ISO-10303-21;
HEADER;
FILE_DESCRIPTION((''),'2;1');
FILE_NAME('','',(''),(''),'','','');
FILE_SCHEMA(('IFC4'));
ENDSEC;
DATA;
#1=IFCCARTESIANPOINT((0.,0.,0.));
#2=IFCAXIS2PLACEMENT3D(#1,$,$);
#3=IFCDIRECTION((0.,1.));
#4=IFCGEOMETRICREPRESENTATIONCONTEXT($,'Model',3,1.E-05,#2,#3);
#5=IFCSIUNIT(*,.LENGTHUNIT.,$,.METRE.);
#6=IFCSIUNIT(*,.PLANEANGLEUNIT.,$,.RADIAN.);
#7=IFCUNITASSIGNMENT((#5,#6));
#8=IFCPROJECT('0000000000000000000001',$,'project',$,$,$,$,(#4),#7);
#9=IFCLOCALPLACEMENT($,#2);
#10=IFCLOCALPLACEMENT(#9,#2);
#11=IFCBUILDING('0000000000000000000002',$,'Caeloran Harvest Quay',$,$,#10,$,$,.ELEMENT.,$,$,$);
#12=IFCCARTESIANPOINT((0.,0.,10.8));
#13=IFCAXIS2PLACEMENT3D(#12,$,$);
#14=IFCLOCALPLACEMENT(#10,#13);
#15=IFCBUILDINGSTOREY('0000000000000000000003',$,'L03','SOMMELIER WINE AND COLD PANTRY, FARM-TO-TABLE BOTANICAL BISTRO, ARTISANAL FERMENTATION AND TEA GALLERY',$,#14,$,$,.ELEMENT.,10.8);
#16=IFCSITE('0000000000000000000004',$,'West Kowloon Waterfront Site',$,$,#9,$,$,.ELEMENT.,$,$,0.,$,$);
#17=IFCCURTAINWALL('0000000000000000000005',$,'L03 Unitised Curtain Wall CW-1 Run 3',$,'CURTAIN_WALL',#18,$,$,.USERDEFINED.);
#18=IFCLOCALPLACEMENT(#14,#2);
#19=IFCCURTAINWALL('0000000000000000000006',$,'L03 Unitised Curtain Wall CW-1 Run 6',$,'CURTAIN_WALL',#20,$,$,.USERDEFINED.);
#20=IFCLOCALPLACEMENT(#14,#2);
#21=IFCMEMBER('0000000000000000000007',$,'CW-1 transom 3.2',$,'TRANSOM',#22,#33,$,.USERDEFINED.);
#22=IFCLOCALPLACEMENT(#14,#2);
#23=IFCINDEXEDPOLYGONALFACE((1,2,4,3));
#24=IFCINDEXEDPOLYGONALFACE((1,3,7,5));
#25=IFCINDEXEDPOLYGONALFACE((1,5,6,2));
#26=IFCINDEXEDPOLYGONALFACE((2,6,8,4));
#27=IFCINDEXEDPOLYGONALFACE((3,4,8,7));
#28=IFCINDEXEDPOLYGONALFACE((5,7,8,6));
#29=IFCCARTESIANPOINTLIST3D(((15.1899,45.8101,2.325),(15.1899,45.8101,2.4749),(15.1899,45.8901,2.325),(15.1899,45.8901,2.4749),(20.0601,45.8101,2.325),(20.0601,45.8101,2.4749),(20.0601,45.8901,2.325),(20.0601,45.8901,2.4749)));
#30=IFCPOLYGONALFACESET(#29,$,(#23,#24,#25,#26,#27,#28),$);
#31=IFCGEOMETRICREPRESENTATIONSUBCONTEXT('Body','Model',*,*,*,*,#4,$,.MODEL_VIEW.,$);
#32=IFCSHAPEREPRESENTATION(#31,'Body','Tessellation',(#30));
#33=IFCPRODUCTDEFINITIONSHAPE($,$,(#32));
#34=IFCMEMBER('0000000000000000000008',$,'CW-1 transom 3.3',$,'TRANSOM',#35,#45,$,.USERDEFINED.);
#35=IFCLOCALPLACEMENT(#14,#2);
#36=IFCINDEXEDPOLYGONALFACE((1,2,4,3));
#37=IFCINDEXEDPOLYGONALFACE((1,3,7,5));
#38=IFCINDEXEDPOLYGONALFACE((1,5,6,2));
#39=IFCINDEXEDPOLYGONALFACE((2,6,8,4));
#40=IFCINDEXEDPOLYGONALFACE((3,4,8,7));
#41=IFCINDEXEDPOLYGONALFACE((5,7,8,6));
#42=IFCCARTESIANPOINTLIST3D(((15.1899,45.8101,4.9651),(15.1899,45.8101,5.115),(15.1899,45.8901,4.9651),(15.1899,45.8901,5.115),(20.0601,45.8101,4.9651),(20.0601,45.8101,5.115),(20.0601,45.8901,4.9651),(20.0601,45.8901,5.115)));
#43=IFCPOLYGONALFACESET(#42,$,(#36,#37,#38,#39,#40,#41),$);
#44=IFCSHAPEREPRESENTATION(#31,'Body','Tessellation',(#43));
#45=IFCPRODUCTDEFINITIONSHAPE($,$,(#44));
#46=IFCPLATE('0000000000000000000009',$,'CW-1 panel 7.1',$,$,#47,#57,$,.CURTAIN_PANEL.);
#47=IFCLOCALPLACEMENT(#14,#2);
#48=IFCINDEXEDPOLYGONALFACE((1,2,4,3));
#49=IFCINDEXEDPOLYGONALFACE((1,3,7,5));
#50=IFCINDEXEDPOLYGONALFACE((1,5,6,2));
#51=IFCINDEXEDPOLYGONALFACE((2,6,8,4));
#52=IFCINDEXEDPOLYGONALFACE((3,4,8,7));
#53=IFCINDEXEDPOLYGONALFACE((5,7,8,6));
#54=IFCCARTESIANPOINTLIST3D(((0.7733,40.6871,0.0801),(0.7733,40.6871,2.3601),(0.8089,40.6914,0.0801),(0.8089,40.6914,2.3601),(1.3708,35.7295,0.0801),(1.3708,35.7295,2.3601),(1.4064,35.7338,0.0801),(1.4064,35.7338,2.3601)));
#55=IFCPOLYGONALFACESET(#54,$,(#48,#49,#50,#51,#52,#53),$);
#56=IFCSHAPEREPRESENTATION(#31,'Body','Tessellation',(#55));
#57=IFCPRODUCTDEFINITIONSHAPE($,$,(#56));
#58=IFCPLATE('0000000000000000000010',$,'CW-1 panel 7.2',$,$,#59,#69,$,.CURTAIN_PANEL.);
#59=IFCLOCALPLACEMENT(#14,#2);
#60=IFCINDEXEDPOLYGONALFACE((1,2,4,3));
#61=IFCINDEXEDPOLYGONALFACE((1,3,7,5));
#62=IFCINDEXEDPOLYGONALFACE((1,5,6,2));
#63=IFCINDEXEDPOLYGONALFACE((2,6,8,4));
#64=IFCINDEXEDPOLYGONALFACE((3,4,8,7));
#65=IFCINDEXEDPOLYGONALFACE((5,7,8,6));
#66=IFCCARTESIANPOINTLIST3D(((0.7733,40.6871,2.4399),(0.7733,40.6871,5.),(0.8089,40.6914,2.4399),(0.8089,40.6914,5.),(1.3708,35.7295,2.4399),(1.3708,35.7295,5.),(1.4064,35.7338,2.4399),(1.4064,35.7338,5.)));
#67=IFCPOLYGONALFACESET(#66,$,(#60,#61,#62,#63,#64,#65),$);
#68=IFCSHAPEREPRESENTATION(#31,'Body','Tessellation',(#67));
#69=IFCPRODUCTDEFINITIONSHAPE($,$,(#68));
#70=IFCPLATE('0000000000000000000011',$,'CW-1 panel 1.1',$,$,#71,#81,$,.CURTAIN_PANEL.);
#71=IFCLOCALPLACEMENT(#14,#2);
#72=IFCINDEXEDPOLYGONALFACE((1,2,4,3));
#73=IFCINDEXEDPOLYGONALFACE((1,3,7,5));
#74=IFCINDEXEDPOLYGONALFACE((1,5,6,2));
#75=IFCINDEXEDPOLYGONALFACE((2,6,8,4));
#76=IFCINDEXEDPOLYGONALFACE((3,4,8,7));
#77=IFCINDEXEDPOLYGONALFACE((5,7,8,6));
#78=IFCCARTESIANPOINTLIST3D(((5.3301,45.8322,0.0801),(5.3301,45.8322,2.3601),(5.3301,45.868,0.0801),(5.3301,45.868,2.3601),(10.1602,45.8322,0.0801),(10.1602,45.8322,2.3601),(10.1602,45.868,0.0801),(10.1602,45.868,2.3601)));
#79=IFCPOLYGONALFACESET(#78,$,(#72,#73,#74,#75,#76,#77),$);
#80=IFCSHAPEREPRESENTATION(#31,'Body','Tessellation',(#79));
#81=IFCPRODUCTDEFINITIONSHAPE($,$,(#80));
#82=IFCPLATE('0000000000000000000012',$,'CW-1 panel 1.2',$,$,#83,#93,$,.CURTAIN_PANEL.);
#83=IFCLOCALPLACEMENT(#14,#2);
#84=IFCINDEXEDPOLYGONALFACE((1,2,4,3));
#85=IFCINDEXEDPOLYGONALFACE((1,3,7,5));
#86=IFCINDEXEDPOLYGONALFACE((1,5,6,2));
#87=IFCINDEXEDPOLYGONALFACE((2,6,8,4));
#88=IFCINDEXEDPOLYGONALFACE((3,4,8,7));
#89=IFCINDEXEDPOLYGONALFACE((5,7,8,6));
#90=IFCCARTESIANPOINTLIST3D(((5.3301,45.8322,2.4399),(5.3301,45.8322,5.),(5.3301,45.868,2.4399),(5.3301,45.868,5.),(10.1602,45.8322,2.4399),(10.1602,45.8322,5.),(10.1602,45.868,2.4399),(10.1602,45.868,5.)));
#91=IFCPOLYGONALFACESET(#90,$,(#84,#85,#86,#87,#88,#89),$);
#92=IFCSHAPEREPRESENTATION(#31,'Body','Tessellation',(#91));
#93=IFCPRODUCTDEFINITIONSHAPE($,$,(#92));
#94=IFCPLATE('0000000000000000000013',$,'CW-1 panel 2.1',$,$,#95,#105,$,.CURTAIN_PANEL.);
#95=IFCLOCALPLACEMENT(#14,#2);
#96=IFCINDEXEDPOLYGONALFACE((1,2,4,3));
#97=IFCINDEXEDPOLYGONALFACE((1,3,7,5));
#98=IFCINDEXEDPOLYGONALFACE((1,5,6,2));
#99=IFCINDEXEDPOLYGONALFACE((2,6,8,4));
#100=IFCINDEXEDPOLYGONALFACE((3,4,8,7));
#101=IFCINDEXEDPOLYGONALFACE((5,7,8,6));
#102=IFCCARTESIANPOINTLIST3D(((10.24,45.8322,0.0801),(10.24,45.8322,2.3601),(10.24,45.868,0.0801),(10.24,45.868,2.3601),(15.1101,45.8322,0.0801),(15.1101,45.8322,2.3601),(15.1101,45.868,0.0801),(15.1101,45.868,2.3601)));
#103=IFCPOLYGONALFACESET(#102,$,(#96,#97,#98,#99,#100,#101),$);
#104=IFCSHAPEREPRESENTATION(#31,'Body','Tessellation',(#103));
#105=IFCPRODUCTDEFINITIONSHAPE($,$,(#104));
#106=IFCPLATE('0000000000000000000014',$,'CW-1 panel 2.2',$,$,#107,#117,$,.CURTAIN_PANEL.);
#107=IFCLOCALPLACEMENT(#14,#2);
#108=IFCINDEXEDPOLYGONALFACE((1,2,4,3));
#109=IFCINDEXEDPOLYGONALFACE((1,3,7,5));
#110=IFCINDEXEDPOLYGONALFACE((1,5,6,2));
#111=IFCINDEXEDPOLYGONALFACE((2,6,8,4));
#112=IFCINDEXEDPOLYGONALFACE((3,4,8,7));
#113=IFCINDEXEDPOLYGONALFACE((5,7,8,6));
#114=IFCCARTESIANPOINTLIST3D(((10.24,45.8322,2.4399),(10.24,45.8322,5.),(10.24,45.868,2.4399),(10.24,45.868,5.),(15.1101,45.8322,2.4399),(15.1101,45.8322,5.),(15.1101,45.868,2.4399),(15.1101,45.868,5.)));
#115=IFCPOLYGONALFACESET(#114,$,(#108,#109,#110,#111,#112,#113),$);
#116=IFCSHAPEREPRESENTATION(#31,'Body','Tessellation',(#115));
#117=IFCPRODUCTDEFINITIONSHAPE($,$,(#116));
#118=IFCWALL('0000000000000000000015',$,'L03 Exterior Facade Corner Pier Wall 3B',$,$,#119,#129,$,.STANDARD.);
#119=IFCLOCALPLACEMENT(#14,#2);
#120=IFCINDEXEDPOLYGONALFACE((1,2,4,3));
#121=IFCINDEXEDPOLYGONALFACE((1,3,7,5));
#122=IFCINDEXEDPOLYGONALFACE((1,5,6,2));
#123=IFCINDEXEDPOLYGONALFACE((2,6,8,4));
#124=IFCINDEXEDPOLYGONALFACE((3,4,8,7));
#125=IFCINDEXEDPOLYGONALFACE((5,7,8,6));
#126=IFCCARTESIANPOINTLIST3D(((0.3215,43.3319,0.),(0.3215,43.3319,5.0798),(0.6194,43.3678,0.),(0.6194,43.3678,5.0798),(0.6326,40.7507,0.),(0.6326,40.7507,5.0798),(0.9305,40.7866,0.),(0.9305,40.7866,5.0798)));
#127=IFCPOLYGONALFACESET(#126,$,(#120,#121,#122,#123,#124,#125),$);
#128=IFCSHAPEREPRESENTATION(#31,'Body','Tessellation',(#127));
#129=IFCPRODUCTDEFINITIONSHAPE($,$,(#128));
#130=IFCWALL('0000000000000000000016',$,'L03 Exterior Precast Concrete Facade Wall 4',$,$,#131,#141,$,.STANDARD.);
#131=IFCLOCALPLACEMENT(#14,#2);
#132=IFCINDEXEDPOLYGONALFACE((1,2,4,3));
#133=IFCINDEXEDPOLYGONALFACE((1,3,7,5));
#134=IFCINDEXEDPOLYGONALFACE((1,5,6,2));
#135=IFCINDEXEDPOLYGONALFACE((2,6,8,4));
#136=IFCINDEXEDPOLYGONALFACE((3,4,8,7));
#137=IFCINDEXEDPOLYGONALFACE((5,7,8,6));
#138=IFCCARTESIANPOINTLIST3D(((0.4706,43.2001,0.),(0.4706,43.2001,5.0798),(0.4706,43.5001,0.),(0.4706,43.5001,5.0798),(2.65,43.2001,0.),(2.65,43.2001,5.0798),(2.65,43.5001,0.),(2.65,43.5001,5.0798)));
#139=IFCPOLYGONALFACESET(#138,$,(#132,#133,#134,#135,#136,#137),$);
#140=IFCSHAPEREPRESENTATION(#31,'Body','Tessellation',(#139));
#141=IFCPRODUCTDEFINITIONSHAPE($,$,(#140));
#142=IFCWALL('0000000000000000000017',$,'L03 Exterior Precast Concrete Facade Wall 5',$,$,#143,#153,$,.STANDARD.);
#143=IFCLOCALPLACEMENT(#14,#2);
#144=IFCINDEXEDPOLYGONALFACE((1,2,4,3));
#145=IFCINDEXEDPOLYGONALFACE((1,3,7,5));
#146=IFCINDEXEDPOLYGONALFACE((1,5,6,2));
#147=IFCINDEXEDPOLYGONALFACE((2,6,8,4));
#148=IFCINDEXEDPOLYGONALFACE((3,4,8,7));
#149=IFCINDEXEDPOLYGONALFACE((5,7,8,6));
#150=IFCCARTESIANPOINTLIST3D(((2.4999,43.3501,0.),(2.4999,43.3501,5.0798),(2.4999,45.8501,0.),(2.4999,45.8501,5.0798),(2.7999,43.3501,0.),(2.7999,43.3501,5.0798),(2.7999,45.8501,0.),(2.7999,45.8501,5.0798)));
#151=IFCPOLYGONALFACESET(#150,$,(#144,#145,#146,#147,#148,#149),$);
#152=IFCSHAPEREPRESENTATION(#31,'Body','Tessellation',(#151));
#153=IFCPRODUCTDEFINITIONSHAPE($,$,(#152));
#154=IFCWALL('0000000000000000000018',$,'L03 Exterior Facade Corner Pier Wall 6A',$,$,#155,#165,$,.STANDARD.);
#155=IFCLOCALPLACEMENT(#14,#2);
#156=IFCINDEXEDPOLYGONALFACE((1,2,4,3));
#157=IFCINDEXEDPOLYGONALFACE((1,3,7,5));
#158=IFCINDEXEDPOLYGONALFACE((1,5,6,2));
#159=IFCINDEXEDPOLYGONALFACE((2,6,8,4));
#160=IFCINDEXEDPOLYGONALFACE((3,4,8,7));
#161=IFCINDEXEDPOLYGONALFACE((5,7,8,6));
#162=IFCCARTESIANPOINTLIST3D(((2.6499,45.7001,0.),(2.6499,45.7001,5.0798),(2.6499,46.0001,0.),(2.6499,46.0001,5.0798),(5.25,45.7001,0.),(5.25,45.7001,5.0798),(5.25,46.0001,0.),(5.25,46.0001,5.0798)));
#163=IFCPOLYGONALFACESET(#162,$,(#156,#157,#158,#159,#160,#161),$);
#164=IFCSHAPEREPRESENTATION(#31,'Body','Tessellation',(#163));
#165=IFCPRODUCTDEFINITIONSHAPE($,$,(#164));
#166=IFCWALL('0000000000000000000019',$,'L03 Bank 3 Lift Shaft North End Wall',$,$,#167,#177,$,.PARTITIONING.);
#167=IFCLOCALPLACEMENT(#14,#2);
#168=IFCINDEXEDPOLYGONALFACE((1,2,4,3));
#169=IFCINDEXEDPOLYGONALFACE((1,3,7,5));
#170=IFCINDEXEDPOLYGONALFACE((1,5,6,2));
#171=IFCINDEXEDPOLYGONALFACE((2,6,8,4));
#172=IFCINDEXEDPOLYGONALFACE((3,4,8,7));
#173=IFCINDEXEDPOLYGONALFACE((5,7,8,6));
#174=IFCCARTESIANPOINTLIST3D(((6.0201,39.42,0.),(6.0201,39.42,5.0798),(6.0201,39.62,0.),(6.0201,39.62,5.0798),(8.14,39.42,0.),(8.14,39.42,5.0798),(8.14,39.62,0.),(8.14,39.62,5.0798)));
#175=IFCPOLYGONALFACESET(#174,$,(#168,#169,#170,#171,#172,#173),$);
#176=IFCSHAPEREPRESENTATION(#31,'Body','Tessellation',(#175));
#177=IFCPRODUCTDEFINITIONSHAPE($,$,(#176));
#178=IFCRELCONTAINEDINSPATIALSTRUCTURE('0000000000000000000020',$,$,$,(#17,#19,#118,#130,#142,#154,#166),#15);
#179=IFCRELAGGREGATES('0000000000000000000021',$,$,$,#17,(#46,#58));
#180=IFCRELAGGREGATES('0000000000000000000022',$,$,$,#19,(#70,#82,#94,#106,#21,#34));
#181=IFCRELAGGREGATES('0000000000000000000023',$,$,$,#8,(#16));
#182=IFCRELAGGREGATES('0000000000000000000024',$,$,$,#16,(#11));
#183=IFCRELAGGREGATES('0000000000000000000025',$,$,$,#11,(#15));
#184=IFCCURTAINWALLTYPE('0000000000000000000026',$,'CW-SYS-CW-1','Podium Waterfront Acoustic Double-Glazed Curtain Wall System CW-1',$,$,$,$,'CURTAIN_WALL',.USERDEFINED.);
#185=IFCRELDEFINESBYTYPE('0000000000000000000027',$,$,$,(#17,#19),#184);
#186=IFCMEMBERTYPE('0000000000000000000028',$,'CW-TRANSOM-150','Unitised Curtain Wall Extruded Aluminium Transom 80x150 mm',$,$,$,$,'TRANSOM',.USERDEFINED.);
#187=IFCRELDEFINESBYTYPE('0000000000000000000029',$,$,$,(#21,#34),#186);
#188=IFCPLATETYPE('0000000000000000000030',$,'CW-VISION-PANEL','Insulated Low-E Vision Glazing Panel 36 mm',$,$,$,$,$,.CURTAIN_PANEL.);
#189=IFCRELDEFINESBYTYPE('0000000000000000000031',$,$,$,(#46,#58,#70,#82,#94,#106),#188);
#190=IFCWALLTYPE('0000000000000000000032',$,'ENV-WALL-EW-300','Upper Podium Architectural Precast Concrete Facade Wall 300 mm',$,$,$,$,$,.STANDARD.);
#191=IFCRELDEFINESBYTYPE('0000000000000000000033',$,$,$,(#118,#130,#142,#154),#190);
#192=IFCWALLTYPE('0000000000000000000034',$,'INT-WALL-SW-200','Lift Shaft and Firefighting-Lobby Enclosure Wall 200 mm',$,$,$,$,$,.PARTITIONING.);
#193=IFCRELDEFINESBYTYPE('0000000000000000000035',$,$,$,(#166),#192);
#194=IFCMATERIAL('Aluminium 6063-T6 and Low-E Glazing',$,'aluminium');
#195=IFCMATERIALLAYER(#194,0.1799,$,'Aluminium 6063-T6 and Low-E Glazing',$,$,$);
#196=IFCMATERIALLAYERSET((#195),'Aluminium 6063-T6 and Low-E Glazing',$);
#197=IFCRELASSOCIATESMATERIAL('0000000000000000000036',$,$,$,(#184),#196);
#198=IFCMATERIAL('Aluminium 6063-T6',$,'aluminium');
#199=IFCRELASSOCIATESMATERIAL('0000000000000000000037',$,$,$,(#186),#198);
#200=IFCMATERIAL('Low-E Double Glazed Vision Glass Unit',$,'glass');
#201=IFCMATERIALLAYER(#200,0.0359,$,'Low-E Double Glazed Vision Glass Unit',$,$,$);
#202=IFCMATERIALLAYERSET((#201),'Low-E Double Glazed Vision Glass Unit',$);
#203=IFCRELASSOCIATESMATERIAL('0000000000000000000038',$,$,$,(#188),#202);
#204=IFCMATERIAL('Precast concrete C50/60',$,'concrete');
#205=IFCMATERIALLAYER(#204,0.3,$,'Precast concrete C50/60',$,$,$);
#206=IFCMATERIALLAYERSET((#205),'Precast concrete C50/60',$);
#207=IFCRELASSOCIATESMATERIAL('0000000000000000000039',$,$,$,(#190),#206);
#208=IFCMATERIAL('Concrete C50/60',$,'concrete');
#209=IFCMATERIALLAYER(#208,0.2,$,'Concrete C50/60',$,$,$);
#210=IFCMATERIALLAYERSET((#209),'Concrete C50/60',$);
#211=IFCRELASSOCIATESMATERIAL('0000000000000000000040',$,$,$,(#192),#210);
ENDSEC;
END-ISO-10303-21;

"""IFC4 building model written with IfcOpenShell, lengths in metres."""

from ifc_helpers import new_model, si_unit, direction, frame, frame_2d, origin, origin_2d, place, context, subcontext, project, spatial, rectangle, extrude, material, layer, layer_set, material_profile, profile_set, type_object, element, aggregate, save


model = new_model("IFC4")

# Units and contexts
model_context = context("Model", 3, precision=1e-05, world=origin(), true_north=direction((0.0, 1.0)))
body_context = subcontext(model_context, "Body", "Model", "MODEL_VIEW")
ifc_project = project(units=[si_unit("LENGTHUNIT", "METRE"), si_unit("PLANEANGLEUNIT", "RADIAN")], contexts=[model_context])

# Site, building, storey
site_placement = place(None, origin())
site = spatial("IfcSite", under=ifc_project, at=site_placement, Name="West Kowloon Waterfront Site", CompositionType="ELEMENT", RefElevation=0.0)
building_placement = place(site_placement, origin())
building = spatial("IfcBuilding", under=site, at=building_placement, Name="Caeloran Harvest Quay", CompositionType="ELEMENT")
storey_placement = place(building_placement, frame((0.0, 0.0, 10.8)))
storey = spatial("IfcBuildingStorey", under=building, at=storey_placement, Name="L03", Description="SOMMELIER WINE AND COLD PANTRY, FARM-TO-TABLE BOTANICAL BISTRO, ARTISANAL FERMENTATION AND TEA GALLERY", CompositionType="ELEMENT", Elevation=10.8)

# Curtain walls
ifc_material_1 = material(Name="Aluminium 6063-T6 and Low-E Glazing", Category="aluminium")
ifc_layer_1 = layer(ifc_material_1, 0.1799, Name="Aluminium 6063-T6 and Low-E Glazing")
ifc_layer_set_1 = layer_set([ifc_layer_1], Name="Aluminium 6063-T6 and Low-E Glazing")
curtain_wall_type = type_object("IfcCurtainWallType", Name="CW-SYS-CW-1", Description="Podium Waterfront Acoustic Double-Glazed Curtain Wall System CW-1", ElementType="CURTAIN_WALL", PredefinedType="USERDEFINED", material=ifc_layer_set_1)
curtain_wall_1_placement = place(storey_placement, origin())
curtain_wall_1 = element("IfcCurtainWall", 1, at=curtain_wall_1_placement, inside=storey, type_object=curtain_wall_type, Name="L03 Unitised Curtain Wall CW-1 Run 3", ObjectType="CURTAIN_WALL", PredefinedType="USERDEFINED")
ifc_material_2 = material(Name="Aluminium 6063-T6", Category="aluminium")
curtain_wall_2_placement = place(storey_placement, origin())
curtain_wall_2 = element("IfcCurtainWall", 2, at=curtain_wall_2_placement, inside=storey, type_object=curtain_wall_type, Name="L03 Unitised Curtain Wall CW-1 Run 6", ObjectType="CURTAIN_WALL", PredefinedType="USERDEFINED")

# Members
ifc_material_profile_1 = material_profile(ifc_material_2, rectangle(XDim=0.0801, YDim=0.1499, at=origin_2d()), Name="CW-TRANSOM-150")
ifc_profile_set_1 = profile_set([ifc_material_profile_1], Name="Aluminium 6063-T6")
member_type_1 = type_object("IfcMemberType", Name="CW-TRANSOM-150", Description="Unitised Curtain Wall Extruded Aluminium Transom 80x150 mm", ElementType="TRANSOM", PredefinedType="USERDEFINED", material=ifc_profile_set_1)
member_1_placement = place(storey_placement, frame((15.1899, 45.8501, 2.3999), z_axis=(1.0, 0.0, 0.0), x_axis=(0.0, 1.0, 0.0)))
member_1 = element("IfcMember", 3, at=member_1_placement, type_object=member_type_1, Name="CW-1 transom 3.2", ObjectType="TRANSOM", PredefinedType="USERDEFINED", context=body_context, shape_type="SweptSolid", body=[
    extrude(rectangle(XDim=0.0801, YDim=0.1499, at=origin_2d()), origin(), (0.0, 0.0, 1.0), 4.8701),
])
member_2_placement = place(storey_placement, frame((15.1899, 45.8501, 5.04), z_axis=(1.0, 0.0, 0.0), x_axis=(0.0, 1.0, 0.0)))
member_2 = element("IfcMember", 4, at=member_2_placement, type_object=member_type_1, Name="CW-1 transom 3.3", ObjectType="TRANSOM", PredefinedType="USERDEFINED", context=body_context, shape_type="SweptSolid", body=[
    extrude(rectangle(XDim=0.0801, YDim=0.1499, at=origin_2d()), origin(), (0.0, 0.0, 1.0), 4.8701),
])

# Plates
ifc_material_3 = material(Name="Low-E Double Glazed Vision Glass Unit", Category="glass")
ifc_layer_2 = layer(ifc_material_3, 0.0359, Name="Low-E Double Glazed Vision Glass Unit")
ifc_layer_set_2 = layer_set([ifc_layer_2], Name="Low-E Double Glazed Vision Glass Unit")
plate_type = type_object("IfcPlateType", Name="CW-VISION-PANEL", Description="Insulated Low-E Vision Glazing Panel 36 mm", PredefinedType="CURTAIN_PANEL", material=ifc_layer_set_2)
plate_1_placement = place(storey_placement, frame((1.0898, 38.2104, 0.0801), z_axis=(0.0, 0.0, 1.0), x_axis=(-0.119655, 0.992816, 0.0)))
plate_1 = element("IfcPlate", 5, at=plate_1_placement, type_object=plate_type, Name="CW-1 panel 7.1", PredefinedType="CURTAIN_PANEL", context=body_context, shape_type="SweptSolid", body=[
    extrude(rectangle(XDim=4.9934, YDim=0.0359, at=origin_2d()), origin(), (0.0, 0.0, 1.0), 2.28),
])
plate_2_placement = place(storey_placement, frame((1.0898, 38.2104, 2.4399), z_axis=(0.0, 0.0, 1.0), x_axis=(-0.119655, 0.992816, 0.0)))
plate_2 = element("IfcPlate", 6, at=plate_2_placement, type_object=plate_type, Name="CW-1 panel 7.2", PredefinedType="CURTAIN_PANEL", context=body_context, shape_type="SweptSolid", body=[
    extrude(rectangle(XDim=4.9934, YDim=0.0359, at=origin_2d()), origin(), (0.0, 0.0, 1.0), 2.5601),
])
aggregate(curtain_wall_1, [plate_1, plate_2])
plate_3_placement = place(storey_placement, frame((7.7451, 45.8501, 0.0801), z_axis=(0.0, 0.0, 1.0), x_axis=(1.0, 0.0, 0.0)))
plate_3 = element("IfcPlate", 7, at=plate_3_placement, type_object=plate_type, Name="CW-1 panel 1.1", PredefinedType="CURTAIN_PANEL", context=body_context, shape_type="SweptSolid", body=[
    extrude(rectangle(XDim=4.8301, YDim=0.0359, at=origin_2d()), origin(), (0.0, 0.0, 1.0), 2.28),
])
plate_4_placement = place(storey_placement, frame((7.7451, 45.8501, 2.4399), z_axis=(0.0, 0.0, 1.0), x_axis=(1.0, 0.0, 0.0)))
plate_4 = element("IfcPlate", 8, at=plate_4_placement, type_object=plate_type, Name="CW-1 panel 1.2", PredefinedType="CURTAIN_PANEL", context=body_context, shape_type="SweptSolid", body=[
    extrude(rectangle(XDim=4.8301, YDim=0.0359, at=origin_2d()), origin(), (0.0, 0.0, 1.0), 2.5601),
])
plate_5_placement = place(storey_placement, frame((12.675, 45.8501, 0.0801), z_axis=(0.0, 0.0, 1.0), x_axis=(1.0, 0.0, 0.0)))
plate_5 = element("IfcPlate", 9, at=plate_5_placement, type_object=plate_type, Name="CW-1 panel 2.1", PredefinedType="CURTAIN_PANEL", context=body_context, shape_type="SweptSolid", body=[
    extrude(rectangle(XDim=4.8701, YDim=0.0359, at=origin_2d()), origin(), (0.0, 0.0, 1.0), 2.28),
])
plate_6_placement = place(storey_placement, frame((12.675, 45.8501, 2.4399), z_axis=(0.0, 0.0, 1.0), x_axis=(1.0, 0.0, 0.0)))
plate_6 = element("IfcPlate", 10, at=plate_6_placement, type_object=plate_type, Name="CW-1 panel 2.2", PredefinedType="CURTAIN_PANEL", context=body_context, shape_type="SweptSolid", body=[
    extrude(rectangle(XDim=4.8701, YDim=0.0359, at=origin_2d()), origin(), (0.0, 0.0, 1.0), 2.5601),
])
aggregate(curtain_wall_2, [plate_3, plate_4, plate_5, plate_6, member_1, member_2])

# Walls
ifc_material_4 = material(Name="Precast concrete C50/60", Category="concrete")
ifc_layer_3 = layer(ifc_material_4, 0.3, Name="Precast concrete C50/60")
ifc_layer_set_3 = layer_set([ifc_layer_3], Name="Precast concrete C50/60")
wall_type_1 = type_object("IfcWallType", Name="ENV-WALL-EW-300", Description="Upper Podium Architectural Precast Concrete Facade Wall 300 mm", PredefinedType="STANDARD", material=ifc_layer_set_3)
wall_1_placement = place(storey_placement, frame((0.7815, 40.7688, 0.0), z_axis=(0.0, 0.0, 1.0), x_axis=(-0.11963, 0.992819, 0.0)))
element("IfcWall", 11, at=wall_1_placement, inside=storey, type_object=wall_type_1, Name="L03 Exterior Facade Corner Pier Wall 3B", PredefinedType="STANDARD", context=body_context, shape_type="SweptSolid", body=[
    extrude(rectangle(XDim=2.5999, YDim=0.3, at=frame_2d((1.2998, 0.0))), origin(), (0.0, 0.0, 1.0), 5.0798),
])
wall_2_placement = place(storey_placement, frame((0.4705, 43.3501, 0.0), z_axis=(0.0, 0.0, 1.0), x_axis=(1.0, 0.0, 0.0)))
element("IfcWall", 12, at=wall_2_placement, inside=storey, type_object=wall_type_1, Name="L03 Exterior Precast Concrete Facade Wall 4", PredefinedType="STANDARD", context=body_context, shape_type="SweptSolid", body=[
    extrude(rectangle(XDim=2.1794, YDim=0.3, at=frame_2d((1.0898, 0.0))), origin(), (0.0, 0.0, 1.0), 5.0798),
])
wall_3_placement = place(storey_placement, frame((2.6499, 43.3501, 0.0), z_axis=(0.0, 0.0, 1.0), x_axis=(0.0, 1.0, 0.0)))
element("IfcWall", 13, at=wall_3_placement, inside=storey, type_object=wall_type_1, Name="L03 Exterior Precast Concrete Facade Wall 5", PredefinedType="STANDARD", context=body_context, shape_type="SweptSolid", body=[
    extrude(rectangle(XDim=2.5, YDim=0.3, at=frame_2d((1.25, 0.0))), origin(), (0.0, 0.0, 1.0), 5.0798),
])
wall_4_placement = place(storey_placement, frame((2.6499, 45.8501, 0.0), z_axis=(0.0, 0.0, 1.0), x_axis=(1.0, 0.0, 0.0)))
element("IfcWall", 14, at=wall_4_placement, inside=storey, type_object=wall_type_1, Name="L03 Exterior Facade Corner Pier Wall 6A", PredefinedType="STANDARD", context=body_context, shape_type="SweptSolid", body=[
    extrude(rectangle(XDim=2.6001, YDim=0.3, at=frame_2d((1.3, 0.0))), origin(), (0.0, 0.0, 1.0), 5.0798),
])
ifc_material_5 = material(Name="Concrete C50/60", Category="concrete")
ifc_layer_4 = layer(ifc_material_5, 0.2, Name="Concrete C50/60")
ifc_layer_set_4 = layer_set([ifc_layer_4], Name="Concrete C50/60")
wall_type_2 = type_object("IfcWallType", Name="INT-WALL-SW-200", Description="Lift Shaft and Firefighting-Lobby Enclosure Wall 200 mm", PredefinedType="PARTITIONING", material=ifc_layer_set_4)
wall_5_placement = place(storey_placement, frame((6.02, 39.52, 0.0), z_axis=(0.0, 0.0, 1.0), x_axis=(1.0, 0.0, 0.0)))
element("IfcWall", 15, at=wall_5_placement, inside=storey, type_object=wall_type_2, Name="L03 Bank 3 Lift Shaft North End Wall", PredefinedType="PARTITIONING", context=body_context, shape_type="SweptSolid", body=[
    extrude(rectangle(XDim=2.1199, YDim=0.2, at=frame_2d((1.0601, 0.0))), origin(), (0.0, 0.0, 1.0), 5.0798),
])

save(model, "model.ifc")
